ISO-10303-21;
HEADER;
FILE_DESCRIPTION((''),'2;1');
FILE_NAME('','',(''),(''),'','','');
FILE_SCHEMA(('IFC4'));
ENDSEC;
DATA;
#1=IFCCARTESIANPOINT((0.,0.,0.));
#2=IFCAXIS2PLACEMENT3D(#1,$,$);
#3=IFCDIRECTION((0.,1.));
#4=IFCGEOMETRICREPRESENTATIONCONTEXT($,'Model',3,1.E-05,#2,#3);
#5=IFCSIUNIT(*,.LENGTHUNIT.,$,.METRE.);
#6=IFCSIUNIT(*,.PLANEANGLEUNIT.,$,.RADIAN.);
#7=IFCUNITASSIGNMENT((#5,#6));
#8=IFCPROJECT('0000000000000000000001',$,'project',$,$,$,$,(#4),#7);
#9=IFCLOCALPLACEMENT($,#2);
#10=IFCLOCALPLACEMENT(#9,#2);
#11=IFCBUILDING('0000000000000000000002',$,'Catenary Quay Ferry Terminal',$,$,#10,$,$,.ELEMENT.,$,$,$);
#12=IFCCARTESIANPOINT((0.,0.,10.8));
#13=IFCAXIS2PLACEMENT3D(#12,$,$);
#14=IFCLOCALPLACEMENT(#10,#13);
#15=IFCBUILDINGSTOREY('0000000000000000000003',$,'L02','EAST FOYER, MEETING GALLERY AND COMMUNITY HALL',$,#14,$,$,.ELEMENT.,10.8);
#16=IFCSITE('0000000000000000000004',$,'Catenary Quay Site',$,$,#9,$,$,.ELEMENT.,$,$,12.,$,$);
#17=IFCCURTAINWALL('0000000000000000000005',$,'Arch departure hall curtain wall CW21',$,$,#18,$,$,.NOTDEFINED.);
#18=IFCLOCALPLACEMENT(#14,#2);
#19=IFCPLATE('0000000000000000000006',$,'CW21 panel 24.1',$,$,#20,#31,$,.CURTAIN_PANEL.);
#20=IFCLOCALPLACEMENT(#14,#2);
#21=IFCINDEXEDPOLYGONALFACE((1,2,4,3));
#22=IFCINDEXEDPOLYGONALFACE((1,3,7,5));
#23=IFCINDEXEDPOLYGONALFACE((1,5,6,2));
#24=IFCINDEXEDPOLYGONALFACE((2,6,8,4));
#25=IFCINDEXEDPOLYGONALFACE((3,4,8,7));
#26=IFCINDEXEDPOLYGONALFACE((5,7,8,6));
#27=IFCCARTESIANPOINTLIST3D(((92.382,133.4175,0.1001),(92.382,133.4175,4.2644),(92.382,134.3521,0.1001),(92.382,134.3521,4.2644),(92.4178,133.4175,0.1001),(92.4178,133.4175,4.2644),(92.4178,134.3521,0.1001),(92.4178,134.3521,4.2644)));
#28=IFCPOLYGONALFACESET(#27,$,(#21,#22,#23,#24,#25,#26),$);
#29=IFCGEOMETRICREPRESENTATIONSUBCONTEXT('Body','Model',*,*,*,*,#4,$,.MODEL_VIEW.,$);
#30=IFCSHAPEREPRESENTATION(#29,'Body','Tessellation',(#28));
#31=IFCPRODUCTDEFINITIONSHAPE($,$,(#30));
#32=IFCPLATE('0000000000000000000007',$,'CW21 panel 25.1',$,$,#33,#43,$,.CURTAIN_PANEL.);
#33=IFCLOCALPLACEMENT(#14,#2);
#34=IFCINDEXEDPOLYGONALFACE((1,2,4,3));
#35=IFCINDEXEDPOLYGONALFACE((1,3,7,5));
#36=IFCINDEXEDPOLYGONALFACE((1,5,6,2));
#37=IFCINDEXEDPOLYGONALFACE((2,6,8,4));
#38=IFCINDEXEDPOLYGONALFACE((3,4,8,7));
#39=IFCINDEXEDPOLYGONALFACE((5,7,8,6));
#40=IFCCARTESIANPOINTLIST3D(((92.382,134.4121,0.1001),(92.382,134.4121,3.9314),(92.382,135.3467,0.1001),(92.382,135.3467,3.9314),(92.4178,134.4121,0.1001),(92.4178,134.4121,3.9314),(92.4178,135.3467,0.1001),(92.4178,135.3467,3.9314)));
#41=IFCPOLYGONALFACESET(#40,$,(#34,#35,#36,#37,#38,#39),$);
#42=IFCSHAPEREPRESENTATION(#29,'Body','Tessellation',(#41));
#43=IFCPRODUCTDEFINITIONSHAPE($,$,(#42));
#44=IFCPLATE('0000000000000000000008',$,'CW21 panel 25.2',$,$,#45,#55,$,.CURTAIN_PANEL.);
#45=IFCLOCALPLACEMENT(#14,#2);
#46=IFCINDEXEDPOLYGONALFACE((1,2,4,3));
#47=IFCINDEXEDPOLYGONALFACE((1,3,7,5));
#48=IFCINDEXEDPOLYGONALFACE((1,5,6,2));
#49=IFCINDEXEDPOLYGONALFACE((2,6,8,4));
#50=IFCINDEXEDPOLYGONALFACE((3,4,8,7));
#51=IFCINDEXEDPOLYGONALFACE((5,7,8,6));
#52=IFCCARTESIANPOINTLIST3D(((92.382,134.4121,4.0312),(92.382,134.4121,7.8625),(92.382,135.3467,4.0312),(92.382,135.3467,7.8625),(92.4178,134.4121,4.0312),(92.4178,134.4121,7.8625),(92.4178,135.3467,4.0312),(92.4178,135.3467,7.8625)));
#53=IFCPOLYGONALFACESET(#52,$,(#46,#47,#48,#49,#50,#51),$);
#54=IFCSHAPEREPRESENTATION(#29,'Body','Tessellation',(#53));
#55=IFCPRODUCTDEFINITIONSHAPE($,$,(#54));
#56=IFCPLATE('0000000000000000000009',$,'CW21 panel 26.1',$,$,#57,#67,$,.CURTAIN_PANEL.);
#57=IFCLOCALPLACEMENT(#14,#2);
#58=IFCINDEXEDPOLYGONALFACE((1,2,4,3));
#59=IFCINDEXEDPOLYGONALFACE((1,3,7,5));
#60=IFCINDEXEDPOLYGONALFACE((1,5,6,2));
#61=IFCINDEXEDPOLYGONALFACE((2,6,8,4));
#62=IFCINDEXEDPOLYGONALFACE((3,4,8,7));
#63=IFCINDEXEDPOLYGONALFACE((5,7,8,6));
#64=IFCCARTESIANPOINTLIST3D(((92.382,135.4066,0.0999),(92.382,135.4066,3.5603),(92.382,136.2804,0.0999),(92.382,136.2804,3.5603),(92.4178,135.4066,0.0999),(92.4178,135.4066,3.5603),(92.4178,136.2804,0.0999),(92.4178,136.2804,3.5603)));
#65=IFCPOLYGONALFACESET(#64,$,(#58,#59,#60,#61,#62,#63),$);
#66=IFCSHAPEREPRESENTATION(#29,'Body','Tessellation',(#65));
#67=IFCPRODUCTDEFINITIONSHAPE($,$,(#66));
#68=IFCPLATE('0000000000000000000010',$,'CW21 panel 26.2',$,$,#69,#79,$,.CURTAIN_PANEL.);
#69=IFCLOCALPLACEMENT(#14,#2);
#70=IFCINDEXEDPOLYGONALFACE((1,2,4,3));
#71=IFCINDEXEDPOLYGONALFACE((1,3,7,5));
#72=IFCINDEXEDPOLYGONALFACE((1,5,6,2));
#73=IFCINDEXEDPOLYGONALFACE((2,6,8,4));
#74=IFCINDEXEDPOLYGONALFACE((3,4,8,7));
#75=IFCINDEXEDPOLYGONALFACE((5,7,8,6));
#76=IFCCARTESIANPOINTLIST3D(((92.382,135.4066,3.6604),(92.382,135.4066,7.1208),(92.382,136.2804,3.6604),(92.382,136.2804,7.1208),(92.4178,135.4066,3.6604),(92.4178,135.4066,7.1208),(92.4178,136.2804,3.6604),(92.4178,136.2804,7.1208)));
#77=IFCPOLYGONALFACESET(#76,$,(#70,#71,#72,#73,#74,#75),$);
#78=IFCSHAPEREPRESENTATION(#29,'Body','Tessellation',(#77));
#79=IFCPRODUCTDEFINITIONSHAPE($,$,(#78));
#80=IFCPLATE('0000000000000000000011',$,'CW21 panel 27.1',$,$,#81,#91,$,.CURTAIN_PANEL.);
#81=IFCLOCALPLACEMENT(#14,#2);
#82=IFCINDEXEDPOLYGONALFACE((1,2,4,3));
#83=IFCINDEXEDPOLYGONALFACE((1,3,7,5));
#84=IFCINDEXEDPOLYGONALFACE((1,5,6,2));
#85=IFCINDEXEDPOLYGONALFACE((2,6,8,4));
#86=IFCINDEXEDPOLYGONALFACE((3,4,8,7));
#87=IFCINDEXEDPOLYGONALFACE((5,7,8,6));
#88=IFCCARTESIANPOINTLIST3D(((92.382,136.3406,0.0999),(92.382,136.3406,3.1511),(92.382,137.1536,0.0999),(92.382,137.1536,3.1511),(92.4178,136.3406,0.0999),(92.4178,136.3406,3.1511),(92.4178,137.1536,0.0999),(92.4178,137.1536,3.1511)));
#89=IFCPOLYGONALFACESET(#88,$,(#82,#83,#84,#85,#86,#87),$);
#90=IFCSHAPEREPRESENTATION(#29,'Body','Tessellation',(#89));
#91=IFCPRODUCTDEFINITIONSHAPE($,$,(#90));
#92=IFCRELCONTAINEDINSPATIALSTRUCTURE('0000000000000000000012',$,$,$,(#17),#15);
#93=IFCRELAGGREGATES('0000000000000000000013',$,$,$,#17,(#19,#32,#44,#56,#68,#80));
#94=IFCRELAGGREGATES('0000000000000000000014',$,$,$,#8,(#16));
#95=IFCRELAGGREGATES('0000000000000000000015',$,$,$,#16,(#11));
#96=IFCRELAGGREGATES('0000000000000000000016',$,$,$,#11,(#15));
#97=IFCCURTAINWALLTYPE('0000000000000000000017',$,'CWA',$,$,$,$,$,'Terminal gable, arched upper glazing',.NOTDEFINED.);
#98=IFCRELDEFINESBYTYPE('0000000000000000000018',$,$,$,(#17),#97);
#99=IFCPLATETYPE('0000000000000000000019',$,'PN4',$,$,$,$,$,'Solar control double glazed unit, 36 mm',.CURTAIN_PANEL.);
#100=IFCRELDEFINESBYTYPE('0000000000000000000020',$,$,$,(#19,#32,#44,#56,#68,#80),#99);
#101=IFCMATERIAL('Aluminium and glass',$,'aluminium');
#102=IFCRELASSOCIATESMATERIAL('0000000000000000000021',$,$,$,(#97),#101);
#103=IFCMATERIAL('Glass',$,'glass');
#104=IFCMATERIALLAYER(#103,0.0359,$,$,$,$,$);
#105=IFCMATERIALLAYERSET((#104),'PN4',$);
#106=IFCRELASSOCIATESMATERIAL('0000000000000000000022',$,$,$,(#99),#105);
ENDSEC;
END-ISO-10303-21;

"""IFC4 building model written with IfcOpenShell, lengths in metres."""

from ifc_helpers import new_model, si_unit, direction, frame, origin, origin_2d, place, context, subcontext, project, spatial, rectangle, extrude, material, layer, layer_set, type_object, element, aggregate, save


model = new_model("IFC4")

# Units and contexts
model_context = context("Model", 3, precision=1e-05, world=origin(), true_north=direction((0.0, 1.0)))
body_context = subcontext(model_context, "Body", "Model", "MODEL_VIEW")
ifc_project = project(units=[si_unit("LENGTHUNIT", "METRE"), si_unit("PLANEANGLEUNIT", "RADIAN")], contexts=[model_context])

# Site, building, storey
site_placement = place(None, origin())
site = spatial("IfcSite", under=ifc_project, at=site_placement, Name="Catenary Quay Site", CompositionType="ELEMENT", RefElevation=12.0)
building_placement = place(site_placement, origin())
building = spatial("IfcBuilding", under=site, at=building_placement, Name="Catenary Quay Ferry Terminal", CompositionType="ELEMENT")
storey_placement = place(building_placement, frame((0.0, 0.0, 10.8)))
storey = spatial("IfcBuildingStorey", under=building, at=storey_placement, Name="L02", Description="EAST FOYER, MEETING GALLERY AND COMMUNITY HALL", CompositionType="ELEMENT", Elevation=10.8)

# Curtain wall, plates
ifc_material_1 = material(Name="Aluminium and glass", Category="aluminium")
curtain_wall_type = type_object("IfcCurtainWallType", Name="CWA", ElementType="Terminal gable, arched upper glazing", PredefinedType="NOTDEFINED", material=ifc_material_1)
curtain_wall_placement = place(storey_placement, origin())
curtain_wall = element("IfcCurtainWall", 1, at=curtain_wall_placement, inside=storey, type_object=curtain_wall_type, Name="Arch departure hall curtain wall CW21", PredefinedType="NOTDEFINED")
ifc_material_2 = material(Name="Glass", Category="glass")
ifc_layer = layer(ifc_material_2, 0.0359)
ifc_layer_set = layer_set([ifc_layer], Name="PN4")
plate_type = type_object("IfcPlateType", Name="PN4", ElementType="Solar control double glazed unit, 36 mm", PredefinedType="CURTAIN_PANEL", material=ifc_layer_set)
plate_1_placement = place(storey_placement, frame((92.3999, 133.8848, 0.1001), z_axis=(0.0, 0.0, 1.0), x_axis=(0.0, 1.0, 0.0)))
plate_1 = element("IfcPlate", 2, at=plate_1_placement, type_object=plate_type, Name="CW21 panel 24.1", PredefinedType="CURTAIN_PANEL", context=body_context, shape_type="SweptSolid", body=[
    extrude(rectangle(XDim=0.9346, YDim=0.0359, at=origin_2d()), origin(), (0.0, 0.0, 1.0), 4.1643),
])
plate_2_placement = place(storey_placement, frame((92.3999, 134.8794, 0.1001), z_axis=(0.0, 0.0, 1.0), x_axis=(0.0, 1.0, 0.0)))
plate_2 = element("IfcPlate", 3, at=plate_2_placement, type_object=plate_type, Name="CW21 panel 25.1", PredefinedType="CURTAIN_PANEL", context=body_context, shape_type="SweptSolid", body=[
    extrude(rectangle(XDim=0.9346, YDim=0.0359, at=origin_2d()), origin(), (0.0, 0.0, 1.0), 3.8313),
])
plate_3_placement = place(storey_placement, frame((92.3999, 134.8794, 4.0312), z_axis=(0.0, 0.0, 1.0), x_axis=(0.0, 1.0, 0.0)))
plate_3 = element("IfcPlate", 4, at=plate_3_placement, type_object=plate_type, Name="CW21 panel 25.2", PredefinedType="CURTAIN_PANEL", context=body_context, shape_type="SweptSolid", body=[
    extrude(rectangle(XDim=0.9346, YDim=0.0359, at=origin_2d()), origin(), (0.0, 0.0, 1.0), 3.8313),
])
plate_4_placement = place(storey_placement, frame((92.3999, 135.8435, 0.0999), z_axis=(0.0, 0.0, 1.0), x_axis=(0.0, 1.0, 0.0)))
plate_4 = element("IfcPlate", 5, at=plate_4_placement, type_object=plate_type, Name="CW21 panel 26.1", PredefinedType="CURTAIN_PANEL", context=body_context, shape_type="SweptSolid", body=[
    extrude(rectangle(XDim=0.8738, YDim=0.0359, at=origin_2d()), origin(), (0.0, 0.0, 1.0), 3.4604),
])
plate_5_placement = place(storey_placement, frame((92.3999, 135.8435, 3.6604), z_axis=(0.0, 0.0, 1.0), x_axis=(0.0, 1.0, 0.0)))
plate_5 = element("IfcPlate", 6, at=plate_5_placement, type_object=plate_type, Name="CW21 panel 26.2", PredefinedType="CURTAIN_PANEL", context=body_context, shape_type="SweptSolid", body=[
    extrude(rectangle(XDim=0.8738, YDim=0.0359, at=origin_2d()), origin(), (0.0, 0.0, 1.0), 3.4604),
])
plate_6_placement = place(storey_placement, frame((92.3999, 136.7471, 0.0999), z_axis=(0.0, 0.0, 1.0), x_axis=(0.0, 1.0, 0.0)))
plate_6 = element("IfcPlate", 7, at=plate_6_placement, type_object=plate_type, Name="CW21 panel 27.1", PredefinedType="CURTAIN_PANEL", context=body_context, shape_type="SweptSolid", body=[
    extrude(rectangle(XDim=0.813, YDim=0.0359, at=origin_2d()), origin(), (0.0, 0.0, 1.0), 3.0513),
])
aggregate(curtain_wall, [plate_1, plate_2, plate_3, plate_4, plate_5, plate_6])

save(model, "model.ifc")
